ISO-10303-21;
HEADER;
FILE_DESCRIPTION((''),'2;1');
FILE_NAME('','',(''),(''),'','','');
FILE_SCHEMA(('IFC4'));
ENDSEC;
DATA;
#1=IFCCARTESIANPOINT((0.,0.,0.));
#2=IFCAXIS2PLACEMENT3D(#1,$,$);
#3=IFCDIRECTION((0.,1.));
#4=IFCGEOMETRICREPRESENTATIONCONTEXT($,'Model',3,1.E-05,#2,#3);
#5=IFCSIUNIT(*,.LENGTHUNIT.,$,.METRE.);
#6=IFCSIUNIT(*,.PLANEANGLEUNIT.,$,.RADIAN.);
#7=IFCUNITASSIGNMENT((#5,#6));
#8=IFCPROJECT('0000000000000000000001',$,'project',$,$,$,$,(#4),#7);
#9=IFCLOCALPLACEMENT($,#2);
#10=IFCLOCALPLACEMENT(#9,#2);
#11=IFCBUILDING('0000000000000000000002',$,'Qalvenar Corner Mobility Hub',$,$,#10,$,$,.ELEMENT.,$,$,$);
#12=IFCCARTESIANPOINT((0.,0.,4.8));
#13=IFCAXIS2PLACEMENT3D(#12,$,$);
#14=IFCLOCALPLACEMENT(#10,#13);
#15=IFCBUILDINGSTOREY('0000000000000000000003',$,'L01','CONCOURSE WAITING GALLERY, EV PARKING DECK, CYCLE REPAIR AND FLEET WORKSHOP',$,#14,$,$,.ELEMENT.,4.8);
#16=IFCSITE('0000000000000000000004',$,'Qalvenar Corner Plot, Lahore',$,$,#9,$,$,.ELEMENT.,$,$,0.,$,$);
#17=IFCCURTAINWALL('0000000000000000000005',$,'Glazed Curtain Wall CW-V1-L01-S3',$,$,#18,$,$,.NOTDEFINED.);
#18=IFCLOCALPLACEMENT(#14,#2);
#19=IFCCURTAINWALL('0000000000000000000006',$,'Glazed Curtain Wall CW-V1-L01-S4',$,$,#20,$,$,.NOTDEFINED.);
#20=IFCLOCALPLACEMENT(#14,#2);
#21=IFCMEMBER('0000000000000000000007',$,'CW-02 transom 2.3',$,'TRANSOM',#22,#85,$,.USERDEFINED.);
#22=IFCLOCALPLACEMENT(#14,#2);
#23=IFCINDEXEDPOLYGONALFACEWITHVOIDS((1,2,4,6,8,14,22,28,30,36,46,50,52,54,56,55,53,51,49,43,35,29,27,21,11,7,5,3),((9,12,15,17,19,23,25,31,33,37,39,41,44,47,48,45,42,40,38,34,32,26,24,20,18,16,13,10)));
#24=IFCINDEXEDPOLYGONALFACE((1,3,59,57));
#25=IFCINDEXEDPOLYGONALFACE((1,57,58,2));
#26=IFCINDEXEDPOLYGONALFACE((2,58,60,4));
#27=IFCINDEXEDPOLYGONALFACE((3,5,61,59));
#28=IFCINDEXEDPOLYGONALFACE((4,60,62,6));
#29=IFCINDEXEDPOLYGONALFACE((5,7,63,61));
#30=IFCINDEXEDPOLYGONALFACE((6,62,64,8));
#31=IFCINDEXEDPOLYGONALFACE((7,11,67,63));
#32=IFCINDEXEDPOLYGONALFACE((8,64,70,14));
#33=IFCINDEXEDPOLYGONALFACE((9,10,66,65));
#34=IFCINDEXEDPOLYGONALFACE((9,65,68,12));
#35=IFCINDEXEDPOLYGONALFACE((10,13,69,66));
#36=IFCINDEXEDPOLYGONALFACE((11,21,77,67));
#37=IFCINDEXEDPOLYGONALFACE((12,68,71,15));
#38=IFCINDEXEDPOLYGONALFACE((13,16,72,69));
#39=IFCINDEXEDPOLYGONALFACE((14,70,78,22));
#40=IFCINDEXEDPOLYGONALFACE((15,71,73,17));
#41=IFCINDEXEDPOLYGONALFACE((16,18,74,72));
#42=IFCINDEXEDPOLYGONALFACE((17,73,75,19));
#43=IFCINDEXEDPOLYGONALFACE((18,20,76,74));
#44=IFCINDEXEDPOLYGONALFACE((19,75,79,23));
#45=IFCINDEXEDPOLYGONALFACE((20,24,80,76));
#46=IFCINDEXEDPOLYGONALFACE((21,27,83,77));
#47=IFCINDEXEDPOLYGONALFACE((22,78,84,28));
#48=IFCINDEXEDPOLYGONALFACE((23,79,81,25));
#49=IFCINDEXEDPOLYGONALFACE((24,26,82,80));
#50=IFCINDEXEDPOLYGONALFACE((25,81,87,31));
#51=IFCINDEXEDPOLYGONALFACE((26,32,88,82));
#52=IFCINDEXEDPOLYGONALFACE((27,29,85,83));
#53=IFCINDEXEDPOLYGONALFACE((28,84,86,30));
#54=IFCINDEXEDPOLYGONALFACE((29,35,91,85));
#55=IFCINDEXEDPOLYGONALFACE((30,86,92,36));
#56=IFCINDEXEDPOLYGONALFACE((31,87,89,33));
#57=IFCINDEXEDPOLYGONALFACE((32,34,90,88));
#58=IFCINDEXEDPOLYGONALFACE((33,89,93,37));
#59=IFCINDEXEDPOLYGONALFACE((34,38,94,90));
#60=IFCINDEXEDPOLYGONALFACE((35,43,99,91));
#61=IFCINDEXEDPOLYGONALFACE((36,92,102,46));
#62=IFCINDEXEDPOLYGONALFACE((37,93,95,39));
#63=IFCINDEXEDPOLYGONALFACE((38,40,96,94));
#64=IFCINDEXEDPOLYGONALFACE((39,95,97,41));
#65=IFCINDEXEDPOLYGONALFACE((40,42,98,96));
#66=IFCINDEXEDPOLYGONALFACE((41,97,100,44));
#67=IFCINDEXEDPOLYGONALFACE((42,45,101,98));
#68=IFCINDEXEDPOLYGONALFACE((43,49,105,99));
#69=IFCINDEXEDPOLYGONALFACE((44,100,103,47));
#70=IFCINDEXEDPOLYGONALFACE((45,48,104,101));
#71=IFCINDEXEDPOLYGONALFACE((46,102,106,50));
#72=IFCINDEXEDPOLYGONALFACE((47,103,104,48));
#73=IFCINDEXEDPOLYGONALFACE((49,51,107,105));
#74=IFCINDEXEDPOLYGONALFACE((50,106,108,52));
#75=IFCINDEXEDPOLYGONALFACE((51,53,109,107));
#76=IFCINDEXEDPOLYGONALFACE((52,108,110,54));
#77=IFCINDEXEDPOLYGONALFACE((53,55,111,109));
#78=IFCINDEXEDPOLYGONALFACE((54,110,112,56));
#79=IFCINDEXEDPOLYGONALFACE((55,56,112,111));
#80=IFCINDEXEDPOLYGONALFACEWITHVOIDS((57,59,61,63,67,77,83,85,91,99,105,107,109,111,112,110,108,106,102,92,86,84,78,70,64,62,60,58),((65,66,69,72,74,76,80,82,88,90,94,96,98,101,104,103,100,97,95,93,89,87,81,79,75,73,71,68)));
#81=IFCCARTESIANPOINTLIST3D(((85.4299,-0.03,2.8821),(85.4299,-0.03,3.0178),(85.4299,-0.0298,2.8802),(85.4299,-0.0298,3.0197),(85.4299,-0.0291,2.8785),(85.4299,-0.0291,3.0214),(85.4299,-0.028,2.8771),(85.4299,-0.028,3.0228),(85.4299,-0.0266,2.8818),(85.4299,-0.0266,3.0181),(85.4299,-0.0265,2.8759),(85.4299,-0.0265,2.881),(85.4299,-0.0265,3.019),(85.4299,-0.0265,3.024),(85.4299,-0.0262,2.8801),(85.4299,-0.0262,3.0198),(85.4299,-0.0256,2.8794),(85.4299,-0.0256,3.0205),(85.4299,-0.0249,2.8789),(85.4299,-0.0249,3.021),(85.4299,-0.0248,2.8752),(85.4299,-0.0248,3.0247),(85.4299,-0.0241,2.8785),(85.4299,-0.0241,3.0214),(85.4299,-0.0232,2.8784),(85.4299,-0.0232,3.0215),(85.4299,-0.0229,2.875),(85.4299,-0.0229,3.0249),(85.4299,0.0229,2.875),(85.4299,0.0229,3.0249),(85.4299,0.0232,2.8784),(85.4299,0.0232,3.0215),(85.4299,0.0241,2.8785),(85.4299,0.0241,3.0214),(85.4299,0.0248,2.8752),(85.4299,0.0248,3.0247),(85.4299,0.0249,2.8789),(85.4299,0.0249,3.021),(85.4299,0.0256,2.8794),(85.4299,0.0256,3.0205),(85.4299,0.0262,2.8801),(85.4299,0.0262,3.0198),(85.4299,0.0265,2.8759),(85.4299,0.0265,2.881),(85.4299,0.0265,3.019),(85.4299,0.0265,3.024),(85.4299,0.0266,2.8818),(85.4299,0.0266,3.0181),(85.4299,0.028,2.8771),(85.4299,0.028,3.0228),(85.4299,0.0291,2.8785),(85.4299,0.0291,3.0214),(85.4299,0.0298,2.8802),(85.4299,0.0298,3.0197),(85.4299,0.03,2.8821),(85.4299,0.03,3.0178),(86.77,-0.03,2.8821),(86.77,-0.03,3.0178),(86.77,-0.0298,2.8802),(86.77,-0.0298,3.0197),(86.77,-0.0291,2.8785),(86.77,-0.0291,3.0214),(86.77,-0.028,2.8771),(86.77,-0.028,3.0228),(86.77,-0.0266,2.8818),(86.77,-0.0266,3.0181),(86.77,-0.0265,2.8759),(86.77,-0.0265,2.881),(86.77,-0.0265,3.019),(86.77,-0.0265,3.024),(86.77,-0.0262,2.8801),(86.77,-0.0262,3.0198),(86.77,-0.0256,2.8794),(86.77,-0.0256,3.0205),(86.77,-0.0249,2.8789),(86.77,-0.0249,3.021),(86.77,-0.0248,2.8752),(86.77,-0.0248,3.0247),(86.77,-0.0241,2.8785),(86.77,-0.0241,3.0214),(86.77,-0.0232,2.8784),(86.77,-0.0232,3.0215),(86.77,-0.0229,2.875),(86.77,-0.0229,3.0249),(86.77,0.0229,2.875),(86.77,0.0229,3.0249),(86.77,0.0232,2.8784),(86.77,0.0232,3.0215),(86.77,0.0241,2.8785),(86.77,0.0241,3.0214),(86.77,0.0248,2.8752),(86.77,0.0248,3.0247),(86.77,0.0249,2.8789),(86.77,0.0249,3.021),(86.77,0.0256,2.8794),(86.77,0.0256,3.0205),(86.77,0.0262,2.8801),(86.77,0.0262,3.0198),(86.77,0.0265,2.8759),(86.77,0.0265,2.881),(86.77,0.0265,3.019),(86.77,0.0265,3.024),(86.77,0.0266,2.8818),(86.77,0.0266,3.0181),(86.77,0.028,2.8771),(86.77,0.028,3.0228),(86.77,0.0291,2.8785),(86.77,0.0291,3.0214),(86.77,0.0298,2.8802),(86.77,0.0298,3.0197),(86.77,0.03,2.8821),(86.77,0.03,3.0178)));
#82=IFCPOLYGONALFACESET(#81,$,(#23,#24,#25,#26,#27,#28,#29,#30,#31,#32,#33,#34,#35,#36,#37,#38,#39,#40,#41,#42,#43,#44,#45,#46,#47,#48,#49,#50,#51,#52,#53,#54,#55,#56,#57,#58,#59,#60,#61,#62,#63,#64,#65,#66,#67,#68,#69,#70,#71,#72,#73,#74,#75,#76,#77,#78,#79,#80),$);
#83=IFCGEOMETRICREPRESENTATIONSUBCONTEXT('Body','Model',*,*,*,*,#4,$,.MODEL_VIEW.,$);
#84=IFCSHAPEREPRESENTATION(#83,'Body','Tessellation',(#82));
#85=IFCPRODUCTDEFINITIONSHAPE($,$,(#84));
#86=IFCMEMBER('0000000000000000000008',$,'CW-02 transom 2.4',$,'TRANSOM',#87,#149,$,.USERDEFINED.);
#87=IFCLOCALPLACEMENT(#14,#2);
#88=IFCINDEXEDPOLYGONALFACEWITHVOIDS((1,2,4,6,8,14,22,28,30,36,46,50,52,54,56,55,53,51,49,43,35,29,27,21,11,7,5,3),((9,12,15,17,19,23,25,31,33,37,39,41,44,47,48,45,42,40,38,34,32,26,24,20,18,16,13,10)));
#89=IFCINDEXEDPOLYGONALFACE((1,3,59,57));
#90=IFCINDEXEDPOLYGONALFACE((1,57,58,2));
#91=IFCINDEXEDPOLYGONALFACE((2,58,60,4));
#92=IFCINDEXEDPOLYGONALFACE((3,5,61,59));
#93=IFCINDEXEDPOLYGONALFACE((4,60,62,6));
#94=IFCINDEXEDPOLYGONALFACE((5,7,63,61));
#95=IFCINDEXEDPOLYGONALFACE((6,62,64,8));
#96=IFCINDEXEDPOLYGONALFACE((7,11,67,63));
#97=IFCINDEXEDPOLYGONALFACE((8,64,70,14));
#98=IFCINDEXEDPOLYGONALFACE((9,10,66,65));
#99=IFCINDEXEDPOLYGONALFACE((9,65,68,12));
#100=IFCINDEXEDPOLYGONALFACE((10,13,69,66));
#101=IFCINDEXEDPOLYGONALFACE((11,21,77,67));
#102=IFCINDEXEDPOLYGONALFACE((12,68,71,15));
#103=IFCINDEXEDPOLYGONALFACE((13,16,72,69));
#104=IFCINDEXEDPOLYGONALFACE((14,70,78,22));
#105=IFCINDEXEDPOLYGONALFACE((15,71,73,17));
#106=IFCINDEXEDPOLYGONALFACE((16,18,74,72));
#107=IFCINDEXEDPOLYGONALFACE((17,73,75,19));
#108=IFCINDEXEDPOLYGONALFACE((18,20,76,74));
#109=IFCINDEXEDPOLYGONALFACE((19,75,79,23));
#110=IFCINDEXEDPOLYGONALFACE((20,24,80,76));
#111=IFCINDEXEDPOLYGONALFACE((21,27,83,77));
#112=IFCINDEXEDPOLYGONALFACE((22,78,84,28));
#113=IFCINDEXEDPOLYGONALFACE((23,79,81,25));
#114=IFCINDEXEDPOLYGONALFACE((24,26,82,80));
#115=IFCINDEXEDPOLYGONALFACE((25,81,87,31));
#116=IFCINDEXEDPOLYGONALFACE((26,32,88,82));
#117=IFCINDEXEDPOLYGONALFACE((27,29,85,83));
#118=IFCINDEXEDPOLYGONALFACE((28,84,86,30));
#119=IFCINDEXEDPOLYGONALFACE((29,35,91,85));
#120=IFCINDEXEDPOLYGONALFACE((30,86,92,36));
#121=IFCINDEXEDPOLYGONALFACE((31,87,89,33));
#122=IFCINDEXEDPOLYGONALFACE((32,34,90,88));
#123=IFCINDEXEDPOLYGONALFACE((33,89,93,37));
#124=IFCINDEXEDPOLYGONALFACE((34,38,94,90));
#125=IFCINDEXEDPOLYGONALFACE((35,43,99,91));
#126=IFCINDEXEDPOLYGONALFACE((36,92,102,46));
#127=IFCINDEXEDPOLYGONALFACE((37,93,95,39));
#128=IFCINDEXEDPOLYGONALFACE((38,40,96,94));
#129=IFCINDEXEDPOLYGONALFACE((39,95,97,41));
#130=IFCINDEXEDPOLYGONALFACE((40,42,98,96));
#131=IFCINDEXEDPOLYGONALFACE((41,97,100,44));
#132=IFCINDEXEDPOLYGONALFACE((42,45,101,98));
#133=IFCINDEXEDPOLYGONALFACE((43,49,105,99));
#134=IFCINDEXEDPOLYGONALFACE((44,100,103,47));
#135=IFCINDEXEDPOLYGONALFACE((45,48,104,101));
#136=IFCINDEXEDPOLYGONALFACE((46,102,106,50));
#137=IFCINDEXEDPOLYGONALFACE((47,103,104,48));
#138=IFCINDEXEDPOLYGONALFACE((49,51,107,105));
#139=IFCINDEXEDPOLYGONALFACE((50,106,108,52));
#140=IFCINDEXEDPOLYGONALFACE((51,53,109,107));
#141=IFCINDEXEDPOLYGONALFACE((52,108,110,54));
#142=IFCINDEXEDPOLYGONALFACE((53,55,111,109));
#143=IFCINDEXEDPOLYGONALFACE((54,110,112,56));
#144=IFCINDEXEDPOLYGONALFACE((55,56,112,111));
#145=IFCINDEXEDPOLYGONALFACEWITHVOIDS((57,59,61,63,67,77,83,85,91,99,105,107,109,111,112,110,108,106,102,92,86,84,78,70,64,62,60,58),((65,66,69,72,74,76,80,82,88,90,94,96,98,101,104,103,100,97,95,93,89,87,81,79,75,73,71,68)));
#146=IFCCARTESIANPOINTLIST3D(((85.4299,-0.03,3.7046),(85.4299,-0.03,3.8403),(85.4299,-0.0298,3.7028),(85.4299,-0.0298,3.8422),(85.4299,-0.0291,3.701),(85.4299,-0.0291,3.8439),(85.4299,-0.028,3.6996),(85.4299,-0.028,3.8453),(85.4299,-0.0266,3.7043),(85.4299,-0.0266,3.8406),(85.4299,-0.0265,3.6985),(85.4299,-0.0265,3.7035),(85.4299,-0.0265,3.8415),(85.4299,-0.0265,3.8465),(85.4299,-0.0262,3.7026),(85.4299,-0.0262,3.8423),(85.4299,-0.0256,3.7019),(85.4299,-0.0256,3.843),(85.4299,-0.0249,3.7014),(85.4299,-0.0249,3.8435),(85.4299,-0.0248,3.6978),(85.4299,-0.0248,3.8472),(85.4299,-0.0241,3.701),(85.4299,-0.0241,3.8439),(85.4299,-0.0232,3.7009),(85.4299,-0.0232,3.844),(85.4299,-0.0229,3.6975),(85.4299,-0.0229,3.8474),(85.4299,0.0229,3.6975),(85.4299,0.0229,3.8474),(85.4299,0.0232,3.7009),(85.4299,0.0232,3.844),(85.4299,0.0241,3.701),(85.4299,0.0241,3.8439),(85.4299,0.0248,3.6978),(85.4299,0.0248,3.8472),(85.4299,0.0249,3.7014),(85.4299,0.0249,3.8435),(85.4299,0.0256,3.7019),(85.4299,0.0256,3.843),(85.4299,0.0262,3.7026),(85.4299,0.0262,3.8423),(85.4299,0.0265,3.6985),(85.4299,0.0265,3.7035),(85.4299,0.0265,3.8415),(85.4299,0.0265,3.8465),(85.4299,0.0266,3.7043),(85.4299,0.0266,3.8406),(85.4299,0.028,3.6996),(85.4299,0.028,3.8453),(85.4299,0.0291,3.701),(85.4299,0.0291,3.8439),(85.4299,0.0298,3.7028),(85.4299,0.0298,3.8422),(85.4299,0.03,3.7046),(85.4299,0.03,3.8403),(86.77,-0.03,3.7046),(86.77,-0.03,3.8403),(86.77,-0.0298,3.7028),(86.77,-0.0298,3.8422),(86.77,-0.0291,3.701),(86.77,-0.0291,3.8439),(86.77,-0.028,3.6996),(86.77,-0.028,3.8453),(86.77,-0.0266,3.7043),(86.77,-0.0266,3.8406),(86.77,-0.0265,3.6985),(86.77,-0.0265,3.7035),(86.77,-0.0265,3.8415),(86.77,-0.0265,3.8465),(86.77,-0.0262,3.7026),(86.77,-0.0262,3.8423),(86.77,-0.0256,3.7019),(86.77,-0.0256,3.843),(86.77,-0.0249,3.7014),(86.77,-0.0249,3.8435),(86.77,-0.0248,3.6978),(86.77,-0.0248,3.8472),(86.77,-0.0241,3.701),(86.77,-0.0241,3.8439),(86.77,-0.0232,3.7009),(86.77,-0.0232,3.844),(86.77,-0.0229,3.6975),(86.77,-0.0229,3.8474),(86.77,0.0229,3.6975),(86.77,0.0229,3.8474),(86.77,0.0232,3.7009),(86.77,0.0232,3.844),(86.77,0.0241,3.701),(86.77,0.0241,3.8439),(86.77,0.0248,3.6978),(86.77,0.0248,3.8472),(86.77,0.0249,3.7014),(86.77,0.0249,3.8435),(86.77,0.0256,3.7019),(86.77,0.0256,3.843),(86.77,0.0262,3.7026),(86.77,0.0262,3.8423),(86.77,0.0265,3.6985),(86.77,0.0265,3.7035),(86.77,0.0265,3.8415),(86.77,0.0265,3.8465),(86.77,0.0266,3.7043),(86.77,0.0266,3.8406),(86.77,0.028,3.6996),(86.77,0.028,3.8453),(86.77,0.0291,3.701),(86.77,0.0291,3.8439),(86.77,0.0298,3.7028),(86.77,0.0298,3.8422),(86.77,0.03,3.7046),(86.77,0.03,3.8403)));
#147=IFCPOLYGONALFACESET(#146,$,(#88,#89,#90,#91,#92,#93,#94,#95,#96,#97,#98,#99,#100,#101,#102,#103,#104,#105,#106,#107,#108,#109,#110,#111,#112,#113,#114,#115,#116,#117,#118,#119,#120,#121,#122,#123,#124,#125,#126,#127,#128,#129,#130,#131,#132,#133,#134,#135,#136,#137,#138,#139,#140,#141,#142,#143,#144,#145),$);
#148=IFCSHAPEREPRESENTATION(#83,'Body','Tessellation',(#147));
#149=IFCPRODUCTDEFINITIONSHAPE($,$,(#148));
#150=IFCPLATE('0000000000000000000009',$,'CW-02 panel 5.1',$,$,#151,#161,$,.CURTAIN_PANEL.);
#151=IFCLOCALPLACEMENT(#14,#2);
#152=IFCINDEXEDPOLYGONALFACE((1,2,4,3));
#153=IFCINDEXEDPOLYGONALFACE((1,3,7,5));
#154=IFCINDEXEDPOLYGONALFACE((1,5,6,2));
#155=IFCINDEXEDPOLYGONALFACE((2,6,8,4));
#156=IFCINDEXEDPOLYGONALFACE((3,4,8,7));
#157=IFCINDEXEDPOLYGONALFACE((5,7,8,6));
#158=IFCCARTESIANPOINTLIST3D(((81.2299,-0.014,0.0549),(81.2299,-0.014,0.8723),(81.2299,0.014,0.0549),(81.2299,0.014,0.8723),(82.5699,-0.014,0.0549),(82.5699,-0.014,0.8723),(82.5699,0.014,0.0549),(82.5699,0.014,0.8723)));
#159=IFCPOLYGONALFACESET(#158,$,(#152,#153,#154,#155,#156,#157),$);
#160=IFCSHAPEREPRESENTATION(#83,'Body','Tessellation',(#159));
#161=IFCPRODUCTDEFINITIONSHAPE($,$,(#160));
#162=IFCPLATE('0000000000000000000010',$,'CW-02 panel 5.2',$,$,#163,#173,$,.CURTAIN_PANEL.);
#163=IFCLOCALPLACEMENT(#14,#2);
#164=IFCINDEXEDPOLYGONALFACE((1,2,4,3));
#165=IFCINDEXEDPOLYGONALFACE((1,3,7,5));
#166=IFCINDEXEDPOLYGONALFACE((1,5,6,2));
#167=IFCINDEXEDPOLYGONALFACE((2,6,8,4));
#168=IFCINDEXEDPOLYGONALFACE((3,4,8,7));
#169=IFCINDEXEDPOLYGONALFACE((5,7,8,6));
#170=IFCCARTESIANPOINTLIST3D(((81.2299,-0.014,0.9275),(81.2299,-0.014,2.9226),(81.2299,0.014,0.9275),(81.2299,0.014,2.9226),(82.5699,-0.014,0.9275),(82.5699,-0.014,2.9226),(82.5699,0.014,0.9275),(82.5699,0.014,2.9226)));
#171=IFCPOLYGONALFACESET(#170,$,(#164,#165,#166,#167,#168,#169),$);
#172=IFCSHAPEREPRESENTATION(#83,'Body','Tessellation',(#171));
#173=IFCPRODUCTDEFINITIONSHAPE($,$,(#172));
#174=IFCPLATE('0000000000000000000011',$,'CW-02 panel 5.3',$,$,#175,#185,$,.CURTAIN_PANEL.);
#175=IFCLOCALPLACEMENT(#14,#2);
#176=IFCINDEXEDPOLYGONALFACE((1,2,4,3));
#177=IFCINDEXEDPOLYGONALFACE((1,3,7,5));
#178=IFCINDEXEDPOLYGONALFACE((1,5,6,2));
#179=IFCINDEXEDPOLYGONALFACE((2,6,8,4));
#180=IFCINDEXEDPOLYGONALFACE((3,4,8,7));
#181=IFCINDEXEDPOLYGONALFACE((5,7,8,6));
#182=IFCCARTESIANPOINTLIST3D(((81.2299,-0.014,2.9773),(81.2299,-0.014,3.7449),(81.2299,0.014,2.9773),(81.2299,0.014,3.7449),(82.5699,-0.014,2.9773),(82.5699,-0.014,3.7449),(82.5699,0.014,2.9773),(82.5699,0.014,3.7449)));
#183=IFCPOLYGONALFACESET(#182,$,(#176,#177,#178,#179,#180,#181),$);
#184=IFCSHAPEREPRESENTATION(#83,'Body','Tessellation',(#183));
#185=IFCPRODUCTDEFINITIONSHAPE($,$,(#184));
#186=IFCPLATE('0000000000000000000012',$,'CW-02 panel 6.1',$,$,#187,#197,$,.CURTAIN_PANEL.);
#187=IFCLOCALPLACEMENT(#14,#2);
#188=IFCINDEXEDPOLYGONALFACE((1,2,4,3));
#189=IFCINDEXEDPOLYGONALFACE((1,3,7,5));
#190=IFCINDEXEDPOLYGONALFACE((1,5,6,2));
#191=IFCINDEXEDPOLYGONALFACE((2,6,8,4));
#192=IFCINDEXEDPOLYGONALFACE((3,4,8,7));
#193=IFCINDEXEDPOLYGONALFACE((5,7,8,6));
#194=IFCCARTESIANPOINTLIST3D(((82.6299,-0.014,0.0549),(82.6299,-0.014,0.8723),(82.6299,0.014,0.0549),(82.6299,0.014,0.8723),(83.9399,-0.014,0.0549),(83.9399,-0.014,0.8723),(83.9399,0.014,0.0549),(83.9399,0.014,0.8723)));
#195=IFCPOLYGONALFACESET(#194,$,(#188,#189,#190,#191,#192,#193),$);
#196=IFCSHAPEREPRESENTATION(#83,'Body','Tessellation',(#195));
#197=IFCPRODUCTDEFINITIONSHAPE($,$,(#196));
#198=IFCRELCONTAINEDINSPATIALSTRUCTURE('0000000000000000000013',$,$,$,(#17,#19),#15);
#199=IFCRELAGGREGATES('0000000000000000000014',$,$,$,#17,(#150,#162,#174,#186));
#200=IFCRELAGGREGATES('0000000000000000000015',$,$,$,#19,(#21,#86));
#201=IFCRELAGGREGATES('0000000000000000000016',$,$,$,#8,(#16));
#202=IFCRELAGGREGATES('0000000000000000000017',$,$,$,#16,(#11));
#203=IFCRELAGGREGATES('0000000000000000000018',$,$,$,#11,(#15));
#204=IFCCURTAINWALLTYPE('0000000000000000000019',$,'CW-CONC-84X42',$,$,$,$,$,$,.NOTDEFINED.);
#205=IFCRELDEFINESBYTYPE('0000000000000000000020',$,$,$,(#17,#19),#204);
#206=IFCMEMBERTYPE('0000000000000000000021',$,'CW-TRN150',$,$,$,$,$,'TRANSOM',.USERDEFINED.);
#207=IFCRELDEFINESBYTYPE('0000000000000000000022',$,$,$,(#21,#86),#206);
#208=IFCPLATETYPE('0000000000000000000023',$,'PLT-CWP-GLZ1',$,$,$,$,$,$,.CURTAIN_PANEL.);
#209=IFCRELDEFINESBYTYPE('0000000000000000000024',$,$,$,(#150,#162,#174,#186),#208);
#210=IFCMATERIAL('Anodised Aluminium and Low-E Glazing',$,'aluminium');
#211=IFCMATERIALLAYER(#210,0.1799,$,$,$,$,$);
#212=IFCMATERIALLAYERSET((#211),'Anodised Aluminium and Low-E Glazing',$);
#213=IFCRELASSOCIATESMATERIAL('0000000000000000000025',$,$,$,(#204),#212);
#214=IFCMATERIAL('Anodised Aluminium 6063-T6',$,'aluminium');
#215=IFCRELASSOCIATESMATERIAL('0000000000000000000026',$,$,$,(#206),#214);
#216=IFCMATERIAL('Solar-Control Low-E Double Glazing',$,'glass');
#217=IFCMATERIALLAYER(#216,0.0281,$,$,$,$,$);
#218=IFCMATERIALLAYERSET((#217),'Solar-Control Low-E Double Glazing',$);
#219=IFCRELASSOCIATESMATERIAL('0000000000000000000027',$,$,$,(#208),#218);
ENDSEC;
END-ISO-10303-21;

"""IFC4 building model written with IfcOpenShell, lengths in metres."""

from ifc_helpers import new_model, si_unit, direction, frame, origin, origin_2d, place, context, subcontext, project, spatial, rectangle, hollow_rectangle, extrude, material, layer, layer_set, material_profile, profile_set, type_object, element, aggregate, save


model = new_model("IFC4")

# Units and contexts
model_context = context("Model", 3, precision=1e-05, world=origin(), true_north=direction((0.0, 1.0)))
body_context = subcontext(model_context, "Body", "Model", "MODEL_VIEW")
ifc_project = project(units=[si_unit("LENGTHUNIT", "METRE"), si_unit("PLANEANGLEUNIT", "RADIAN")], contexts=[model_context])

# Site, building, storey
site_placement = place(None, origin())
site = spatial("IfcSite", under=ifc_project, at=site_placement, Name="Qalvenar Corner Plot, Lahore", CompositionType="ELEMENT", RefElevation=0.0)
building_placement = place(site_placement, origin())
building = spatial("IfcBuilding", under=site, at=building_placement, Name="Qalvenar Corner Mobility Hub", CompositionType="ELEMENT")
storey_placement = place(building_placement, frame((0.0, 0.0, 4.8)))
storey = spatial("IfcBuildingStorey", under=building, at=storey_placement, Name="L01", Description="CONCOURSE WAITING GALLERY, EV PARKING DECK, CYCLE REPAIR AND FLEET WORKSHOP", CompositionType="ELEMENT", Elevation=4.8)

# Curtain walls
ifc_material_1 = material(Name="Anodised Aluminium and Low-E Glazing", Category="aluminium")
ifc_layer_1 = layer(ifc_material_1, 0.1799)
ifc_layer_set_1 = layer_set([ifc_layer_1], Name="Anodised Aluminium and Low-E Glazing")
curtain_wall_type = type_object("IfcCurtainWallType", Name="CW-CONC-84X42", PredefinedType="NOTDEFINED", material=ifc_layer_set_1)
curtain_wall_1_placement = place(storey_placement, origin())
curtain_wall_1 = element("IfcCurtainWall", 1, at=curtain_wall_1_placement, inside=storey, type_object=curtain_wall_type, Name="Glazed Curtain Wall CW-V1-L01-S3", PredefinedType="NOTDEFINED")
ifc_material_2 = material(Name="Anodised Aluminium 6063-T6", Category="aluminium")
curtain_wall_2_placement = place(storey_placement, origin())
curtain_wall_2 = element("IfcCurtainWall", 2, at=curtain_wall_2_placement, inside=storey, type_object=curtain_wall_type, Name="Glazed Curtain Wall CW-V1-L01-S4", PredefinedType="NOTDEFINED")

# Members
ifc_material_profile_1 = material_profile(ifc_material_2, hollow_rectangle(XDim=0.0601, YDim=0.1499, WallThickness=0.0034, InnerFilletRadius=0.0034, OuterFilletRadius=0.0071, at=origin_2d()), Name="RHS150x60x3.5")
ifc_profile_set_1 = profile_set([ifc_material_profile_1], Name="Anodised Aluminium 6063-T6")
member_type_1 = type_object("IfcMemberType", Name="CW-TRN150", ElementType="TRANSOM", PredefinedType="USERDEFINED", material=ifc_profile_set_1)
member_1_placement = place(storey_placement, frame((85.4299, 0.0, 2.95), z_axis=(1.0, 0.0, 0.0), x_axis=(0.0, 1.0, 0.0)))
member_1 = element("IfcMember", 3, at=member_1_placement, type_object=member_type_1, Name="CW-02 transom 2.3", ObjectType="TRANSOM", PredefinedType="USERDEFINED", context=body_context, shape_type="SweptSolid", body=[
    extrude(hollow_rectangle(XDim=0.0601, YDim=0.1499, WallThickness=0.0034, InnerFilletRadius=0.0034, OuterFilletRadius=0.0071, at=origin_2d()), origin(), (0.0, 0.0, 1.0), 1.3401),
])
member_2_placement = place(storey_placement, frame((85.4299, 0.0, 3.7725), z_axis=(1.0, 0.0, 0.0), x_axis=(0.0, 1.0, 0.0)))
member_2 = element("IfcMember", 4, at=member_2_placement, type_object=member_type_1, Name="CW-02 transom 2.4", ObjectType="TRANSOM", PredefinedType="USERDEFINED", context=body_context, shape_type="SweptSolid", body=[
    extrude(hollow_rectangle(XDim=0.0601, YDim=0.1499, WallThickness=0.0034, InnerFilletRadius=0.0034, OuterFilletRadius=0.0071, at=origin_2d()), origin(), (0.0, 0.0, 1.0), 1.3401),
])

# Plates
ifc_material_3 = material(Name="Solar-Control Low-E Double Glazing", Category="glass")
ifc_layer_2 = layer(ifc_material_3, 0.0281)
ifc_layer_set_2 = layer_set([ifc_layer_2], Name="Solar-Control Low-E Double Glazing")
plate_type = type_object("IfcPlateType", Name="PLT-CWP-GLZ1", PredefinedType="CURTAIN_PANEL", material=ifc_layer_set_2)
plate_1_placement = place(storey_placement, frame((81.8999, 0.0, 0.0549), z_axis=(0.0, 0.0, 1.0), x_axis=(1.0, 0.0, 0.0)))
plate_1 = element("IfcPlate", 5, at=plate_1_placement, type_object=plate_type, Name="CW-02 panel 5.1", PredefinedType="CURTAIN_PANEL", context=body_context, shape_type="SweptSolid", body=[
    extrude(rectangle(XDim=1.3401, YDim=0.0281, at=origin_2d()), origin(), (0.0, 0.0, 1.0), 0.8174),
])
plate_2_placement = place(storey_placement, frame((81.8999, 0.0, 0.9275), z_axis=(0.0, 0.0, 1.0), x_axis=(1.0, 0.0, 0.0)))
plate_2 = element("IfcPlate", 6, at=plate_2_placement, type_object=plate_type, Name="CW-02 panel 5.2", PredefinedType="CURTAIN_PANEL", context=body_context, shape_type="SweptSolid", body=[
    extrude(rectangle(XDim=1.3401, YDim=0.0281, at=origin_2d()), origin(), (0.0, 0.0, 1.0), 1.9951),
])
plate_3_placement = place(storey_placement, frame((81.8999, 0.0, 2.9773), z_axis=(0.0, 0.0, 1.0), x_axis=(1.0, 0.0, 0.0)))
plate_3 = element("IfcPlate", 7, at=plate_3_placement, type_object=plate_type, Name="CW-02 panel 5.3", PredefinedType="CURTAIN_PANEL", context=body_context, shape_type="SweptSolid", body=[
    extrude(rectangle(XDim=1.3401, YDim=0.0281, at=origin_2d()), origin(), (0.0, 0.0, 1.0), 0.7676),
])
plate_4_placement = place(storey_placement, frame((83.2849, 0.0, 0.0549), z_axis=(0.0, 0.0, 1.0), x_axis=(1.0, 0.0, 0.0)))
plate_4 = element("IfcPlate", 8, at=plate_4_placement, type_object=plate_type, Name="CW-02 panel 6.1", PredefinedType="CURTAIN_PANEL", context=body_context, shape_type="SweptSolid", body=[
    extrude(rectangle(XDim=1.3101, YDim=0.0281, at=origin_2d()), origin(), (0.0, 0.0, 1.0), 0.8174),
])
aggregate(curtain_wall_1, [plate_1, plate_2, plate_3, plate_4])
aggregate(curtain_wall_2, [member_1, member_2])

save(model, "model.ifc")
